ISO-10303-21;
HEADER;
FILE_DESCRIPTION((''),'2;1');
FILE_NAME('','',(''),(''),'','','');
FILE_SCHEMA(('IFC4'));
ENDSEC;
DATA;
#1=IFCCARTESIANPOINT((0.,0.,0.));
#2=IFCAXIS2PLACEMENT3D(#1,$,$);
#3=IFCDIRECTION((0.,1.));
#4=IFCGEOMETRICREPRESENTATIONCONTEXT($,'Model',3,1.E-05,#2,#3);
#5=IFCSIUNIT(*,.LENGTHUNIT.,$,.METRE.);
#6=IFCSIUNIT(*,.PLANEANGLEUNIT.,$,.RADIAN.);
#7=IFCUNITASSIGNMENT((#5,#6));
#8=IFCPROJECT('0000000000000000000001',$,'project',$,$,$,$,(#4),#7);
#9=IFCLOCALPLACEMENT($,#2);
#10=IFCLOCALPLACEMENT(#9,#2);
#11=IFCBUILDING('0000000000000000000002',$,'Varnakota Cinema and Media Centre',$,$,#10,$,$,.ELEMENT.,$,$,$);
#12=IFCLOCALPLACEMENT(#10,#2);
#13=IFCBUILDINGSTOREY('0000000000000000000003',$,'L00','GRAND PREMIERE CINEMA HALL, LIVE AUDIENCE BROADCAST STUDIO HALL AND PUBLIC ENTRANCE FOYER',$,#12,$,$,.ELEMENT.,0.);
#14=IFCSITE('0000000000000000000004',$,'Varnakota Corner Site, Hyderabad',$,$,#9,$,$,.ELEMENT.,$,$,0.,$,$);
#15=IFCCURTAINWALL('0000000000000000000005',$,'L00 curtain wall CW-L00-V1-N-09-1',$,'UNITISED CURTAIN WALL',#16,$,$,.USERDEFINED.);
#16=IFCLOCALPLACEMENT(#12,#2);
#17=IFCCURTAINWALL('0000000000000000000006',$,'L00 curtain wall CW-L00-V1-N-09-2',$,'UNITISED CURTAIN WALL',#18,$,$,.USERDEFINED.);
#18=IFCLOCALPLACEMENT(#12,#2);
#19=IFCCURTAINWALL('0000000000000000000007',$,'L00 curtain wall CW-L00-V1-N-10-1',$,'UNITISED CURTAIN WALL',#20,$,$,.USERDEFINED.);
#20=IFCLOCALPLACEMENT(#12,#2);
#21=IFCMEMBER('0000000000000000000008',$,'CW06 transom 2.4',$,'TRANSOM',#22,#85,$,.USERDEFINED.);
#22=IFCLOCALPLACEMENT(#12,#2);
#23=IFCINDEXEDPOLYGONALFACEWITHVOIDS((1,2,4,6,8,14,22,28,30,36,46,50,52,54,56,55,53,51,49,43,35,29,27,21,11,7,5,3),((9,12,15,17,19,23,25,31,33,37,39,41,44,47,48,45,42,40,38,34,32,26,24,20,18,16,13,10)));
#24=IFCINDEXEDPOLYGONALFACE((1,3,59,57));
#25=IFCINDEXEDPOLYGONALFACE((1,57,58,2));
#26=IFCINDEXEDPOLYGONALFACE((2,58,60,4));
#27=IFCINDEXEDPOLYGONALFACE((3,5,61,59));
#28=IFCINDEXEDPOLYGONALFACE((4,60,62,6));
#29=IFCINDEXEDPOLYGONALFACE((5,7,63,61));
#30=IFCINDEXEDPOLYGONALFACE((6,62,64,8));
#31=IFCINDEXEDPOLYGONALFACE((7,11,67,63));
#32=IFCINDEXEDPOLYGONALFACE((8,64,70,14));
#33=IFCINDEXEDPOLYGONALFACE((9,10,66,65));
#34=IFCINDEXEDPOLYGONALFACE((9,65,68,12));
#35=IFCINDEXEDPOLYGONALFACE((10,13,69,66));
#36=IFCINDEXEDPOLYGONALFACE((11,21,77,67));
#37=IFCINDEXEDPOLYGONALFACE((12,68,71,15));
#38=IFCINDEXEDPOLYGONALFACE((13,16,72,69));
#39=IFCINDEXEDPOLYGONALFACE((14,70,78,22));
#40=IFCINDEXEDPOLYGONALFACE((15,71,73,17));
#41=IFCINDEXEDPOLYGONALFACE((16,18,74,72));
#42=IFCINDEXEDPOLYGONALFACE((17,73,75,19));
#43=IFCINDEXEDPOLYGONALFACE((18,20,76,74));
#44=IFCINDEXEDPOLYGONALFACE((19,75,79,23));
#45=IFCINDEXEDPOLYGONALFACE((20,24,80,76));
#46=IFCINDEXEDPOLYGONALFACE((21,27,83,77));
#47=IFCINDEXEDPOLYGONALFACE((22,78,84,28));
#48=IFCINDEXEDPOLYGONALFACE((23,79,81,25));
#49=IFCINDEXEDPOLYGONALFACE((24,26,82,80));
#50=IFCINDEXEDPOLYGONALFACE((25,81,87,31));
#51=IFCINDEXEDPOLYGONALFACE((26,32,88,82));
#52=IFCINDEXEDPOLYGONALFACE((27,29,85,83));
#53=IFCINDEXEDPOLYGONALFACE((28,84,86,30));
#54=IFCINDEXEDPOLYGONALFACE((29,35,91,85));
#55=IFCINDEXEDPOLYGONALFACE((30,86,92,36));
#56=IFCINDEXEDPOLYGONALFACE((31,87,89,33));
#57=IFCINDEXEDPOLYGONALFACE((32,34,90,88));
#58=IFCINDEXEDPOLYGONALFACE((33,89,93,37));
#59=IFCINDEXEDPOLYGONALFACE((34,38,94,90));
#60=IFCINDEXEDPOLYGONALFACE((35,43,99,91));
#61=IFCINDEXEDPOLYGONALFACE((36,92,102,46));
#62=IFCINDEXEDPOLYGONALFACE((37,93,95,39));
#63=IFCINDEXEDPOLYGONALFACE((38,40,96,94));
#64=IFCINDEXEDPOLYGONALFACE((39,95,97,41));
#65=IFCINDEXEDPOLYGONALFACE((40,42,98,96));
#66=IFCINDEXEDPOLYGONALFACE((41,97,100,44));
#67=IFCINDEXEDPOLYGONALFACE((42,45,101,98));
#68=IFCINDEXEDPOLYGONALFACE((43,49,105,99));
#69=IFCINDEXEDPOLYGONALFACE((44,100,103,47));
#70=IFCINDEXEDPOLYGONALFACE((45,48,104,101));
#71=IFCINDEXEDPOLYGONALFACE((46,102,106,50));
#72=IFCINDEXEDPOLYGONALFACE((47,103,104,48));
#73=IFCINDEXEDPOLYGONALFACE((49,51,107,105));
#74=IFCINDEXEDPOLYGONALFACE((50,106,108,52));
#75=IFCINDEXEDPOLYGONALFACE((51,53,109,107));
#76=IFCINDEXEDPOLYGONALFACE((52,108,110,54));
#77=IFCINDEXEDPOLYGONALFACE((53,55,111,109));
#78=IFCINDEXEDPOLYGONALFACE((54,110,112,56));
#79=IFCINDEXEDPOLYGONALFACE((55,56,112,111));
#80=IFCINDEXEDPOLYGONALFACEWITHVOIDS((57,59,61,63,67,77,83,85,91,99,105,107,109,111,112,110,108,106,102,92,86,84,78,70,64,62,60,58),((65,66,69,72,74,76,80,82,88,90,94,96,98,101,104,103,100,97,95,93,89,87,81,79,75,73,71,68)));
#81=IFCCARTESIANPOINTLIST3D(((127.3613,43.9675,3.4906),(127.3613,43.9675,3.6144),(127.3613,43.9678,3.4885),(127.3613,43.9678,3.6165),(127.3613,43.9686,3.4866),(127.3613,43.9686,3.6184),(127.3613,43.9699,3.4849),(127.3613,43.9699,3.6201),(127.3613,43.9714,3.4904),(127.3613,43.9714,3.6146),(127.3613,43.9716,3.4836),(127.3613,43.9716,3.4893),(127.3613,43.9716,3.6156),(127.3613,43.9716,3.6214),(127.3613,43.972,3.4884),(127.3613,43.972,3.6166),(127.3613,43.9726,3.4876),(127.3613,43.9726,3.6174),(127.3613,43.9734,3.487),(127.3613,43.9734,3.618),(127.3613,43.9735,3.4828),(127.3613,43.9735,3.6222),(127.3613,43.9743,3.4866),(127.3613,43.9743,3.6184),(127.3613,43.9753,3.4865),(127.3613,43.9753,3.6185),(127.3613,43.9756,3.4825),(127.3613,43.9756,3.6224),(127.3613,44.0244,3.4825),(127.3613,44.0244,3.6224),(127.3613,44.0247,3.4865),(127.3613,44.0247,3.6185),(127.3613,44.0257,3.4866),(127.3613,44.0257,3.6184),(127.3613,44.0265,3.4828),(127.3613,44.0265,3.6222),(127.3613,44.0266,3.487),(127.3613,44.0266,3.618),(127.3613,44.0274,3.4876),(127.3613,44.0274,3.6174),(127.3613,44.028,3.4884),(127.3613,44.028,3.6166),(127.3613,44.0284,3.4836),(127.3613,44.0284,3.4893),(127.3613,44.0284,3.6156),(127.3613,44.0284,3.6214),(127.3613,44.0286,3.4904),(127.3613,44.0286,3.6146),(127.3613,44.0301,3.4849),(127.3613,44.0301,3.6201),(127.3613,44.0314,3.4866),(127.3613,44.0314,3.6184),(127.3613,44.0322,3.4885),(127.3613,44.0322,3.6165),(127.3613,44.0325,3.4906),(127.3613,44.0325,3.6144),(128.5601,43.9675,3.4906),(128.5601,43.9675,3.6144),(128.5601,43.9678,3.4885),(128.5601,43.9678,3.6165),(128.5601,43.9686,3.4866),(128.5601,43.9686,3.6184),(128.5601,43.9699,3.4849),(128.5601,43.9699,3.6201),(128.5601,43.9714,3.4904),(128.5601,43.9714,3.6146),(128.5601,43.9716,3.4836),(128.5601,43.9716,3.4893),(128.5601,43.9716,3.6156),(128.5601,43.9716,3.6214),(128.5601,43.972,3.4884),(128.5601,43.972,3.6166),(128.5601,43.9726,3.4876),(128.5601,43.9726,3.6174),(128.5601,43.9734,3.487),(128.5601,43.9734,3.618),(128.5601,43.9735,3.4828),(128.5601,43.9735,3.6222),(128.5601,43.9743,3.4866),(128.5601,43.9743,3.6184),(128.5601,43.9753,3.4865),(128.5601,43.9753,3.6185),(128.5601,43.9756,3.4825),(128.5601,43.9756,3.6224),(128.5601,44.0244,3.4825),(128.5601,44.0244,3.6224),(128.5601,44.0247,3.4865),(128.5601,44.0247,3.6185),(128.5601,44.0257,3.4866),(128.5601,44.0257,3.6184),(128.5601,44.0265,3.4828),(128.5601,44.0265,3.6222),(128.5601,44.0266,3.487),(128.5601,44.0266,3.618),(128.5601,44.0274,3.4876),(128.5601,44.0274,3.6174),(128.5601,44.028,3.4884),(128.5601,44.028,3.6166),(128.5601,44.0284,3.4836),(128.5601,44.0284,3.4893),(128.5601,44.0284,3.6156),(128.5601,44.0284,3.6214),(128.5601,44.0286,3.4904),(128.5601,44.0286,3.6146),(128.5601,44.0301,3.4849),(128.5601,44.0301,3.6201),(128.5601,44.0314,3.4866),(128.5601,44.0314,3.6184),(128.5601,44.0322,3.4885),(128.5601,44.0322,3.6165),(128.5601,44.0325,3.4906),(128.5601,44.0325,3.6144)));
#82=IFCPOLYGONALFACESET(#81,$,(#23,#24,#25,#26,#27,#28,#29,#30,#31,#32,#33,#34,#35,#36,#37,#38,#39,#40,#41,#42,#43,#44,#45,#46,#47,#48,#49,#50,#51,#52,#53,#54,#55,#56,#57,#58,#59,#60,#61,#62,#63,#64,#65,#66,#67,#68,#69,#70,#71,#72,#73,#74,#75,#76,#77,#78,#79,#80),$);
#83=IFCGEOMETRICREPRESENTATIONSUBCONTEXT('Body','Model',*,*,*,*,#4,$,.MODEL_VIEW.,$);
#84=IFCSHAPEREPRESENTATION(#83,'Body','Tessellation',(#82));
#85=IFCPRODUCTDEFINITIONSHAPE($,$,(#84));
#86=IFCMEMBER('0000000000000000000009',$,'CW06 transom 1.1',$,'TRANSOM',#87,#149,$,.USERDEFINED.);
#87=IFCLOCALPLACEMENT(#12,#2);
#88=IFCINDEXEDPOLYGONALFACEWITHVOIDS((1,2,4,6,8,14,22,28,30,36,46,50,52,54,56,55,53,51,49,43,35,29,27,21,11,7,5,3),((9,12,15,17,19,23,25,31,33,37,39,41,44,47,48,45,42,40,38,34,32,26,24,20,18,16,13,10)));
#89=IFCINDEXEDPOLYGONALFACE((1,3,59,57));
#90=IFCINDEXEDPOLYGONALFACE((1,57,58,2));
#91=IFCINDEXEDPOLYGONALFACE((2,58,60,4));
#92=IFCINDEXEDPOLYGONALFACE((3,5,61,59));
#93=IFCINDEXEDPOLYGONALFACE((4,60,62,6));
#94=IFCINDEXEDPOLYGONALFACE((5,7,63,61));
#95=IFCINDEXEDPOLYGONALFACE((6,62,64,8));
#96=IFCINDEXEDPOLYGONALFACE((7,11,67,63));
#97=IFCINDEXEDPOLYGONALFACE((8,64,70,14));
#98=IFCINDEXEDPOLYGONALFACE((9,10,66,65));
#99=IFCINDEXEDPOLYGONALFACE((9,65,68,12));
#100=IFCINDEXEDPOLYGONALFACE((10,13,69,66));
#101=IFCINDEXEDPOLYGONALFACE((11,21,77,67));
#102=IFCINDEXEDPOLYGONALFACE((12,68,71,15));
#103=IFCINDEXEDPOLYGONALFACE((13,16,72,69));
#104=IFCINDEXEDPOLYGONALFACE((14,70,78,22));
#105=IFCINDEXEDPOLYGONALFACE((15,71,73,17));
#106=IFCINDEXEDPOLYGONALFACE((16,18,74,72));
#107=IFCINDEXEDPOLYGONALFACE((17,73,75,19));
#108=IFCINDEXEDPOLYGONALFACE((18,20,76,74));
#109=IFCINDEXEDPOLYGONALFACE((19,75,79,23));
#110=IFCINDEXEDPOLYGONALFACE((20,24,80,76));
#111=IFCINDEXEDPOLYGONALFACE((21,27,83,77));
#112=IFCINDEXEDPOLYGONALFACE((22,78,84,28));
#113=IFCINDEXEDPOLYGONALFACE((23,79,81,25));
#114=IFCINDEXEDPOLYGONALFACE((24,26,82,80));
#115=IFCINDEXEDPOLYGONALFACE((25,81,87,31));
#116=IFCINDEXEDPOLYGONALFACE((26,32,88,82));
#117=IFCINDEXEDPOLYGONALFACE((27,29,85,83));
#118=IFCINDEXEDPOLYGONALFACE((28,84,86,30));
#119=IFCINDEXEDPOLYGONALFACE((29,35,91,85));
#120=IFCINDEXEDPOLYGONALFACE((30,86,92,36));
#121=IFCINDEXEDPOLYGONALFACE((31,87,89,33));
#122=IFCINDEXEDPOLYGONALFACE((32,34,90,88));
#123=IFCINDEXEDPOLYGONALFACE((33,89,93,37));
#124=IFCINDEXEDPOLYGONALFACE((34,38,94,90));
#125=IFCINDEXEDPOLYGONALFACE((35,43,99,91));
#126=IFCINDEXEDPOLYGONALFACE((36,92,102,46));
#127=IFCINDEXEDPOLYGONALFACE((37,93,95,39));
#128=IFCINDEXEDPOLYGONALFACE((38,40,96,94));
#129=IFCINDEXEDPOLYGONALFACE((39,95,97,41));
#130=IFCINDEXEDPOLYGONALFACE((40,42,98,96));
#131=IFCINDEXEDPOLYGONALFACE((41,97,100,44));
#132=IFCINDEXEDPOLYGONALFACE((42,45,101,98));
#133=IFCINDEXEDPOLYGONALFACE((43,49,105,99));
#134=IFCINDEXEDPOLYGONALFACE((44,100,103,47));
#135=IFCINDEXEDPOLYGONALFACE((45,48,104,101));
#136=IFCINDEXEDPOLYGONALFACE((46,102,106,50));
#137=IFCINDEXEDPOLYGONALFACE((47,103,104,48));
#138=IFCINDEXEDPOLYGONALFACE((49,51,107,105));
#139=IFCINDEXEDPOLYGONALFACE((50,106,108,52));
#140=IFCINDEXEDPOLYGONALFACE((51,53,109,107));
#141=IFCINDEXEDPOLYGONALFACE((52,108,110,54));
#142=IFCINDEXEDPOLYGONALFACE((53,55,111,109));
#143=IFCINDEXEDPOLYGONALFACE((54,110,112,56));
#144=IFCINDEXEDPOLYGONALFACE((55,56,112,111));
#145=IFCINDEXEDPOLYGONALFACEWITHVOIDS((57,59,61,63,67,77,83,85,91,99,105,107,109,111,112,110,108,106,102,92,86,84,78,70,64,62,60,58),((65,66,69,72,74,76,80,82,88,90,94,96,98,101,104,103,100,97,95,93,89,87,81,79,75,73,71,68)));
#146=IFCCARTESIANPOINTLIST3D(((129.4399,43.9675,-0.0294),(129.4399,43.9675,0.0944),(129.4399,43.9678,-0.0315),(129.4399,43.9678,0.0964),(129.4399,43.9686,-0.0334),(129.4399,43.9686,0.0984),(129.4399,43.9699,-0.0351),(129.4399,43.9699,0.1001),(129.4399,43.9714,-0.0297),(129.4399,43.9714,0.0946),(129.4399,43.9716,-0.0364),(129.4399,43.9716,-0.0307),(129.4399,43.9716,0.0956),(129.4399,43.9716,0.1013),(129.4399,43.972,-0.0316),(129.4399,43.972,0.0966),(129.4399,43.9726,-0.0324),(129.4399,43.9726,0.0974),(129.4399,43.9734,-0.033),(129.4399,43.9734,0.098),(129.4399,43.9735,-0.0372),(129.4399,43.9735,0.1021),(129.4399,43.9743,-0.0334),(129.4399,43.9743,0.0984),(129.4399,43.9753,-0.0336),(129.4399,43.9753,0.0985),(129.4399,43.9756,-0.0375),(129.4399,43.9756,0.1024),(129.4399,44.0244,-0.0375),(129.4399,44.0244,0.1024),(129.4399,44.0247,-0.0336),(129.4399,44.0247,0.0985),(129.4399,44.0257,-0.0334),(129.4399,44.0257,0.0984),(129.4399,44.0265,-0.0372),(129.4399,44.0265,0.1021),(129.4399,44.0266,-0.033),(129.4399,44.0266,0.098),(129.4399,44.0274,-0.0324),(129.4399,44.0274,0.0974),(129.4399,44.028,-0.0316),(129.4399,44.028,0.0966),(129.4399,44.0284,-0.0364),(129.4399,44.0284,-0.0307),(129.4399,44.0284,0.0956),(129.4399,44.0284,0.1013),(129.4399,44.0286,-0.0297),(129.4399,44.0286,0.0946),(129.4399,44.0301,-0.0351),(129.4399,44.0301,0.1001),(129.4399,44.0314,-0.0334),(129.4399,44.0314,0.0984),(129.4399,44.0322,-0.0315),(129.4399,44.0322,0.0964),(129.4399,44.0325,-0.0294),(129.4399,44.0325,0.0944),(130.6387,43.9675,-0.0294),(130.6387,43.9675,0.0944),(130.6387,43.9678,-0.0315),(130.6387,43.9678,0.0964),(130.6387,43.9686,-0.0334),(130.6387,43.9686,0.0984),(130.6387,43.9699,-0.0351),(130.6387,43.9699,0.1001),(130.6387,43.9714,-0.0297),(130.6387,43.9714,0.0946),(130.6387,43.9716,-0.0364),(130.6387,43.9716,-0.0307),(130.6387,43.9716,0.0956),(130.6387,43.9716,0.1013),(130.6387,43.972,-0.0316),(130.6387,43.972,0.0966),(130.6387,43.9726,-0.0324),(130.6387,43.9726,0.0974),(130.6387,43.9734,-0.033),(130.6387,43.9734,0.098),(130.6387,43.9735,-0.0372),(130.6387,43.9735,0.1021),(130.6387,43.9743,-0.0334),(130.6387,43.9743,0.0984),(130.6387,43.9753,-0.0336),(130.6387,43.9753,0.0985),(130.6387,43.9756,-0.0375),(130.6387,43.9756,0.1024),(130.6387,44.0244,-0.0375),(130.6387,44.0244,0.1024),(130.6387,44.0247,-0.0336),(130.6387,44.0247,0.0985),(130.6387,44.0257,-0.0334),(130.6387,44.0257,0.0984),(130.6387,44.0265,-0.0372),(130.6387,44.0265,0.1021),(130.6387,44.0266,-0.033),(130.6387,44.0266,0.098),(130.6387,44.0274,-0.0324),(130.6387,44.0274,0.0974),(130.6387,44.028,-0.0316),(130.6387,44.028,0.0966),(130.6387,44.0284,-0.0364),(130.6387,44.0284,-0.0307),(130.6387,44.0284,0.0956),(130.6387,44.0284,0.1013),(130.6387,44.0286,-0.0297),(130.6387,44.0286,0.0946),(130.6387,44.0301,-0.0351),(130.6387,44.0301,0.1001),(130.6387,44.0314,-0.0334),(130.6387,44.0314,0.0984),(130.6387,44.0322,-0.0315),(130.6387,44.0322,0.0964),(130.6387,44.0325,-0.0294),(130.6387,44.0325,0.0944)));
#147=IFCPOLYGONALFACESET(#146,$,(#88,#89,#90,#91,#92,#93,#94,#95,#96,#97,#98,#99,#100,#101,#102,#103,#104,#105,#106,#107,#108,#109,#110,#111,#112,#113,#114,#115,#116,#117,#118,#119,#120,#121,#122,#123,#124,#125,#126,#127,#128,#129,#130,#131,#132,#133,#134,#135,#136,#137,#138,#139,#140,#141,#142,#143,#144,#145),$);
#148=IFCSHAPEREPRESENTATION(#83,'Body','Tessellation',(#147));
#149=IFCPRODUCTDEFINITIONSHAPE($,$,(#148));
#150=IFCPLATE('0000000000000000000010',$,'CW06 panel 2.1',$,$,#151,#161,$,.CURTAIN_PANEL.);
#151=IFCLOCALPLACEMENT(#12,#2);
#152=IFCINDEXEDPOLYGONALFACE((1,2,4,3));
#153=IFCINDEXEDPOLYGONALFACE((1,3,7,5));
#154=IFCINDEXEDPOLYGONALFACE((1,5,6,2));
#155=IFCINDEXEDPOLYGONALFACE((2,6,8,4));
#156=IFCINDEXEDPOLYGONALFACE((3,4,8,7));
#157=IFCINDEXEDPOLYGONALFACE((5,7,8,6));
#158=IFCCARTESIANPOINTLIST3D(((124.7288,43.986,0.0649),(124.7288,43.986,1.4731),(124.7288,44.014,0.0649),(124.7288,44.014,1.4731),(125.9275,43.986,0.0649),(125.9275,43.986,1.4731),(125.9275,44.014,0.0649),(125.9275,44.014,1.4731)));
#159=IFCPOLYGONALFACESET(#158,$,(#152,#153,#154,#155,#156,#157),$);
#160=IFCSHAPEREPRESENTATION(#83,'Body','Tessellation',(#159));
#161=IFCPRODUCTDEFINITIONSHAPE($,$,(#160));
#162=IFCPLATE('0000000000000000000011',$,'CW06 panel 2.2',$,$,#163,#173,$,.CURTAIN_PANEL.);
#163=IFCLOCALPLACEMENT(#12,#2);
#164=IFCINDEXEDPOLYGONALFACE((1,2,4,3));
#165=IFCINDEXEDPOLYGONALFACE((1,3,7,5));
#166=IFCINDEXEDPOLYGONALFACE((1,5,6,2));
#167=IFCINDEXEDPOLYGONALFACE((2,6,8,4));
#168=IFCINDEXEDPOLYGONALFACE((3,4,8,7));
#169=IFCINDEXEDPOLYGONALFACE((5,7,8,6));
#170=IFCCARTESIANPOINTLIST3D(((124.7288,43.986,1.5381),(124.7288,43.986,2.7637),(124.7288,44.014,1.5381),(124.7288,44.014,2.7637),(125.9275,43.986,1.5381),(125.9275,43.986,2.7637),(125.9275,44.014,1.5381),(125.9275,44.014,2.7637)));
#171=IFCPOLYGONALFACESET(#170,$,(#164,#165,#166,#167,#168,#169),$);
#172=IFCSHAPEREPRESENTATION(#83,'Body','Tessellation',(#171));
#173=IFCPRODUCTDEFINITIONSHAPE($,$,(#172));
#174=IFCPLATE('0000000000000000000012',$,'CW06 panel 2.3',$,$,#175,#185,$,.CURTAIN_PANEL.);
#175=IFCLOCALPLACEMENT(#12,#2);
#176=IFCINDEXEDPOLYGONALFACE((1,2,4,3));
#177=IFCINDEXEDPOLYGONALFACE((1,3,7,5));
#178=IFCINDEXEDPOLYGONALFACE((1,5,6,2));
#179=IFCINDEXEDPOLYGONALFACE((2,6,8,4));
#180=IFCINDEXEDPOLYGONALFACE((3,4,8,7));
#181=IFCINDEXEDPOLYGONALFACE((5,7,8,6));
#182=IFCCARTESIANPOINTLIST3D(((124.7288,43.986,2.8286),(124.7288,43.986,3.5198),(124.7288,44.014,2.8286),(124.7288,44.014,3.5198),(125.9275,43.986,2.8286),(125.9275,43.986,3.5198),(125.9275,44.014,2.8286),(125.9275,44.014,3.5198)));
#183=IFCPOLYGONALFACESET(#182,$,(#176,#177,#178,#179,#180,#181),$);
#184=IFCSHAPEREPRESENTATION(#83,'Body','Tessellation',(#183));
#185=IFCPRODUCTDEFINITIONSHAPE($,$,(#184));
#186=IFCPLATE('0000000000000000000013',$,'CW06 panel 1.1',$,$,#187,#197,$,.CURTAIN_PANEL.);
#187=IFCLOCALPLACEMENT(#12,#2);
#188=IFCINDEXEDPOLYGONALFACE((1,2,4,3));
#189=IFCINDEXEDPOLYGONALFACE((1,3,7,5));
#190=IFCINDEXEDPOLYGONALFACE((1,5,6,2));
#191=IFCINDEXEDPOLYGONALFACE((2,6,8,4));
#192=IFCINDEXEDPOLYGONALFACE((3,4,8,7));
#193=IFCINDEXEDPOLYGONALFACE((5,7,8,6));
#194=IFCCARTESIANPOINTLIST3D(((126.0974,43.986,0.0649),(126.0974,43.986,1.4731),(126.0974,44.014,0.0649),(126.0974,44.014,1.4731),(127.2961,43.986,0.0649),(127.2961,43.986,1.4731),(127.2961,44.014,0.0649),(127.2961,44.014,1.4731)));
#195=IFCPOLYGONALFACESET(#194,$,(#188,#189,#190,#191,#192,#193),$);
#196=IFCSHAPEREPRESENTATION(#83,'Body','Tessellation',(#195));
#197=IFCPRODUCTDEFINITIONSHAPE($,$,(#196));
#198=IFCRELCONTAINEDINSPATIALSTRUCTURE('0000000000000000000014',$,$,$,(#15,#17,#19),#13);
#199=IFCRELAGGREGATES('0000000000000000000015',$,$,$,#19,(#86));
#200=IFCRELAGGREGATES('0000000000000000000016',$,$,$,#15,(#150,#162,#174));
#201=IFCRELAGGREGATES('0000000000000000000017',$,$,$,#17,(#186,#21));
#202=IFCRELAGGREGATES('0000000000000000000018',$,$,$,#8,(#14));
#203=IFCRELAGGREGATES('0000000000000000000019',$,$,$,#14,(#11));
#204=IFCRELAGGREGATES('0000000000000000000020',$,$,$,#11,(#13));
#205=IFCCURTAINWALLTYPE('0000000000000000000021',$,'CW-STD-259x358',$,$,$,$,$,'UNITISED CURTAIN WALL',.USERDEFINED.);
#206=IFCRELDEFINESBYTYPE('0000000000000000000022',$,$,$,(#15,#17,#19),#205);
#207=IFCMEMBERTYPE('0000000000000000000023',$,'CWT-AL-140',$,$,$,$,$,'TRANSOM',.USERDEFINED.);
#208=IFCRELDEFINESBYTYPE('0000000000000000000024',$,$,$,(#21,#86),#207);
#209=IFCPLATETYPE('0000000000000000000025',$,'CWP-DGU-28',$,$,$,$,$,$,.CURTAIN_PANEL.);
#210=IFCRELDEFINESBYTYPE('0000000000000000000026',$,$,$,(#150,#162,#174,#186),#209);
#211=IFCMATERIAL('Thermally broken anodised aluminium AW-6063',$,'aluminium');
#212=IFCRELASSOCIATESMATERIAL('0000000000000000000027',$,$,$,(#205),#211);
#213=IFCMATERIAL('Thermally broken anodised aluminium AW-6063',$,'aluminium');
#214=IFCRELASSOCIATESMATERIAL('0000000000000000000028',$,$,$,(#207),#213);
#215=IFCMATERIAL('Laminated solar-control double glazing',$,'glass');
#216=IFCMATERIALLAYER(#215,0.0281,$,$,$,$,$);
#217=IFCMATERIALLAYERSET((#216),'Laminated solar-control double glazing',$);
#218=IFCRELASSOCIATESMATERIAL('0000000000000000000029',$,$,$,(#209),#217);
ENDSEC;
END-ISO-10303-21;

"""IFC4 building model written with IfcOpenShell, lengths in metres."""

from ifc_helpers import new_model, si_unit, direction, frame, origin, origin_2d, place, context, subcontext, project, spatial, rectangle, hollow_rectangle, extrude, material, layer, layer_set, material_profile, profile_set, type_object, element, aggregate, save


model = new_model("IFC4")

# Units and contexts
model_context = context("Model", 3, precision=1e-05, world=origin(), true_north=direction((0.0, 1.0)))
body_context = subcontext(model_context, "Body", "Model", "MODEL_VIEW")
ifc_project = project(units=[si_unit("LENGTHUNIT", "METRE"), si_unit("PLANEANGLEUNIT", "RADIAN")], contexts=[model_context])

# Site, building, storey
site_placement = place(None, origin())
site = spatial("IfcSite", under=ifc_project, at=site_placement, Name="Varnakota Corner Site, Hyderabad", CompositionType="ELEMENT", RefElevation=0.0)
building_placement = place(site_placement, origin())
building = spatial("IfcBuilding", under=site, at=building_placement, Name="Varnakota Cinema and Media Centre", CompositionType="ELEMENT")
storey_placement = place(building_placement, origin())
storey = spatial("IfcBuildingStorey", under=building, at=storey_placement, Name="L00", Description="GRAND PREMIERE CINEMA HALL, LIVE AUDIENCE BROADCAST STUDIO HALL AND PUBLIC ENTRANCE FOYER", CompositionType="ELEMENT", Elevation=0.0)

# Curtain wall
ifc_material_1 = material(Name="Thermally broken anodised aluminium AW-6063", Category="aluminium")
curtain_wall_type = type_object("IfcCurtainWallType", Name="CW-STD-259x358", ElementType="UNITISED CURTAIN WALL", PredefinedType="USERDEFINED", material=ifc_material_1)
curtain_wall_1_placement = place(storey_placement, origin())
curtain_wall_1 = element("IfcCurtainWall", 1, at=curtain_wall_1_placement, inside=storey, type_object=curtain_wall_type, Name="L00 curtain wall CW-L00-V1-N-09-1", ObjectType="UNITISED CURTAIN WALL", PredefinedType="USERDEFINED")

# Curtain wall
curtain_wall_2_placement = place(storey_placement, origin())
curtain_wall_2 = element("IfcCurtainWall", 2, at=curtain_wall_2_placement, inside=storey, type_object=curtain_wall_type, Name="L00 curtain wall CW-L00-V1-N-09-2", ObjectType="UNITISED CURTAIN WALL", PredefinedType="USERDEFINED")

# Curtain wall
curtain_wall_3_placement = place(storey_placement, origin())
curtain_wall_3 = element("IfcCurtainWall", 3, at=curtain_wall_3_placement, inside=storey, type_object=curtain_wall_type, Name="L00 curtain wall CW-L00-V1-N-10-1", ObjectType="UNITISED CURTAIN WALL", PredefinedType="USERDEFINED")

# Members
ifc_material_2 = material(Name="Thermally broken anodised aluminium AW-6063", Category="aluminium")
ifc_material_profile_1 = material_profile(ifc_material_2, hollow_rectangle(XDim=0.0649, YDim=0.1399, WallThickness=0.0039, InnerFilletRadius=0.0039, OuterFilletRadius=0.0081, at=origin_2d()), Name="AL-TRANSOM 140x65x4")
ifc_profile_set_1 = profile_set([ifc_material_profile_1], Name="Thermally broken anodised aluminium AW-6063")
member_type_1 = type_object("IfcMemberType", Name="CWT-AL-140", ElementType="TRANSOM", PredefinedType="USERDEFINED", material=ifc_profile_set_1)
member_1_placement = place(storey_placement, frame((127.3613, 44.0, 3.5525), z_axis=(1.0, 0.0, 0.0), x_axis=(0.0, 1.0, 0.0)))
member_1 = element("IfcMember", 4, at=member_1_placement, type_object=member_type_1, Name="CW06 transom 2.4", ObjectType="TRANSOM", PredefinedType="USERDEFINED", context=body_context, shape_type="SweptSolid", body=[
    extrude(hollow_rectangle(XDim=0.0649, YDim=0.1399, WallThickness=0.0039, InnerFilletRadius=0.0039, OuterFilletRadius=0.0081, at=origin_2d()), origin(), (0.0, 0.0, 1.0), 1.1987),
])
member_2_placement = place(storey_placement, frame((129.4399, 44.0, 0.0325), z_axis=(1.0, 0.0, 0.0), x_axis=(0.0, 1.0, 0.0)))
member_2 = element("IfcMember", 5, at=member_2_placement, type_object=member_type_1, Name="CW06 transom 1.1", ObjectType="TRANSOM", PredefinedType="USERDEFINED", context=body_context, shape_type="SweptSolid", body=[
    extrude(hollow_rectangle(XDim=0.0649, YDim=0.1399, WallThickness=0.0039, InnerFilletRadius=0.0039, OuterFilletRadius=0.0081, at=origin_2d()), origin(), (0.0, 0.0, 1.0), 1.1987),
])
aggregate(curtain_wall_3, [member_2])

# Plates
ifc_material_3 = material(Name="Laminated solar-control double glazing", Category="glass")
ifc_layer = layer(ifc_material_3, 0.0281)
ifc_layer_set = layer_set([ifc_layer], Name="Laminated solar-control double glazing")
plate_type = type_object("IfcPlateType", Name="CWP-DGU-28", PredefinedType="CURTAIN_PANEL", material=ifc_layer_set)
plate_1_placement = place(storey_placement, frame((125.3281, 44.0, 0.0649), z_axis=(0.0, 0.0, 1.0), x_axis=(1.0, 0.0, 0.0)))
plate_1 = element("IfcPlate", 6, at=plate_1_placement, type_object=plate_type, Name="CW06 panel 2.1", PredefinedType="CURTAIN_PANEL", context=body_context, shape_type="SweptSolid", body=[
    extrude(rectangle(XDim=1.1987, YDim=0.0281, at=origin_2d()), origin(), (0.0, 0.0, 1.0), 1.4082),
])
plate_2_placement = place(storey_placement, frame((125.3281, 44.0, 1.5381), z_axis=(0.0, 0.0, 1.0), x_axis=(1.0, 0.0, 0.0)))
plate_2 = element("IfcPlate", 7, at=plate_2_placement, type_object=plate_type, Name="CW06 panel 2.2", PredefinedType="CURTAIN_PANEL", context=body_context, shape_type="SweptSolid", body=[
    extrude(rectangle(XDim=1.1987, YDim=0.0281, at=origin_2d()), origin(), (0.0, 0.0, 1.0), 1.2256),
])
plate_3_placement = place(storey_placement, frame((125.3281, 44.0, 2.8286), z_axis=(0.0, 0.0, 1.0), x_axis=(1.0, 0.0, 0.0)))
plate_3 = element("IfcPlate", 8, at=plate_3_placement, type_object=plate_type, Name="CW06 panel 2.3", PredefinedType="CURTAIN_PANEL", context=body_context, shape_type="SweptSolid", body=[
    extrude(rectangle(XDim=1.1987, YDim=0.0281, at=origin_2d()), origin(), (0.0, 0.0, 1.0), 0.6912),
])
aggregate(curtain_wall_1, [plate_1, plate_2, plate_3])
plate_4_placement = place(storey_placement, frame((126.6968, 44.0, 0.0649), z_axis=(0.0, 0.0, 1.0), x_axis=(1.0, 0.0, 0.0)))
plate_4 = element("IfcPlate", 9, at=plate_4_placement, type_object=plate_type, Name="CW06 panel 1.1", PredefinedType="CURTAIN_PANEL", context=body_context, shape_type="SweptSolid", body=[
    extrude(rectangle(XDim=1.1987, YDim=0.0281, at=origin_2d()), origin(), (0.0, 0.0, 1.0), 1.4082),
])
aggregate(curtain_wall_2, [plate_4, member_1])

save(model, "model.ifc")
